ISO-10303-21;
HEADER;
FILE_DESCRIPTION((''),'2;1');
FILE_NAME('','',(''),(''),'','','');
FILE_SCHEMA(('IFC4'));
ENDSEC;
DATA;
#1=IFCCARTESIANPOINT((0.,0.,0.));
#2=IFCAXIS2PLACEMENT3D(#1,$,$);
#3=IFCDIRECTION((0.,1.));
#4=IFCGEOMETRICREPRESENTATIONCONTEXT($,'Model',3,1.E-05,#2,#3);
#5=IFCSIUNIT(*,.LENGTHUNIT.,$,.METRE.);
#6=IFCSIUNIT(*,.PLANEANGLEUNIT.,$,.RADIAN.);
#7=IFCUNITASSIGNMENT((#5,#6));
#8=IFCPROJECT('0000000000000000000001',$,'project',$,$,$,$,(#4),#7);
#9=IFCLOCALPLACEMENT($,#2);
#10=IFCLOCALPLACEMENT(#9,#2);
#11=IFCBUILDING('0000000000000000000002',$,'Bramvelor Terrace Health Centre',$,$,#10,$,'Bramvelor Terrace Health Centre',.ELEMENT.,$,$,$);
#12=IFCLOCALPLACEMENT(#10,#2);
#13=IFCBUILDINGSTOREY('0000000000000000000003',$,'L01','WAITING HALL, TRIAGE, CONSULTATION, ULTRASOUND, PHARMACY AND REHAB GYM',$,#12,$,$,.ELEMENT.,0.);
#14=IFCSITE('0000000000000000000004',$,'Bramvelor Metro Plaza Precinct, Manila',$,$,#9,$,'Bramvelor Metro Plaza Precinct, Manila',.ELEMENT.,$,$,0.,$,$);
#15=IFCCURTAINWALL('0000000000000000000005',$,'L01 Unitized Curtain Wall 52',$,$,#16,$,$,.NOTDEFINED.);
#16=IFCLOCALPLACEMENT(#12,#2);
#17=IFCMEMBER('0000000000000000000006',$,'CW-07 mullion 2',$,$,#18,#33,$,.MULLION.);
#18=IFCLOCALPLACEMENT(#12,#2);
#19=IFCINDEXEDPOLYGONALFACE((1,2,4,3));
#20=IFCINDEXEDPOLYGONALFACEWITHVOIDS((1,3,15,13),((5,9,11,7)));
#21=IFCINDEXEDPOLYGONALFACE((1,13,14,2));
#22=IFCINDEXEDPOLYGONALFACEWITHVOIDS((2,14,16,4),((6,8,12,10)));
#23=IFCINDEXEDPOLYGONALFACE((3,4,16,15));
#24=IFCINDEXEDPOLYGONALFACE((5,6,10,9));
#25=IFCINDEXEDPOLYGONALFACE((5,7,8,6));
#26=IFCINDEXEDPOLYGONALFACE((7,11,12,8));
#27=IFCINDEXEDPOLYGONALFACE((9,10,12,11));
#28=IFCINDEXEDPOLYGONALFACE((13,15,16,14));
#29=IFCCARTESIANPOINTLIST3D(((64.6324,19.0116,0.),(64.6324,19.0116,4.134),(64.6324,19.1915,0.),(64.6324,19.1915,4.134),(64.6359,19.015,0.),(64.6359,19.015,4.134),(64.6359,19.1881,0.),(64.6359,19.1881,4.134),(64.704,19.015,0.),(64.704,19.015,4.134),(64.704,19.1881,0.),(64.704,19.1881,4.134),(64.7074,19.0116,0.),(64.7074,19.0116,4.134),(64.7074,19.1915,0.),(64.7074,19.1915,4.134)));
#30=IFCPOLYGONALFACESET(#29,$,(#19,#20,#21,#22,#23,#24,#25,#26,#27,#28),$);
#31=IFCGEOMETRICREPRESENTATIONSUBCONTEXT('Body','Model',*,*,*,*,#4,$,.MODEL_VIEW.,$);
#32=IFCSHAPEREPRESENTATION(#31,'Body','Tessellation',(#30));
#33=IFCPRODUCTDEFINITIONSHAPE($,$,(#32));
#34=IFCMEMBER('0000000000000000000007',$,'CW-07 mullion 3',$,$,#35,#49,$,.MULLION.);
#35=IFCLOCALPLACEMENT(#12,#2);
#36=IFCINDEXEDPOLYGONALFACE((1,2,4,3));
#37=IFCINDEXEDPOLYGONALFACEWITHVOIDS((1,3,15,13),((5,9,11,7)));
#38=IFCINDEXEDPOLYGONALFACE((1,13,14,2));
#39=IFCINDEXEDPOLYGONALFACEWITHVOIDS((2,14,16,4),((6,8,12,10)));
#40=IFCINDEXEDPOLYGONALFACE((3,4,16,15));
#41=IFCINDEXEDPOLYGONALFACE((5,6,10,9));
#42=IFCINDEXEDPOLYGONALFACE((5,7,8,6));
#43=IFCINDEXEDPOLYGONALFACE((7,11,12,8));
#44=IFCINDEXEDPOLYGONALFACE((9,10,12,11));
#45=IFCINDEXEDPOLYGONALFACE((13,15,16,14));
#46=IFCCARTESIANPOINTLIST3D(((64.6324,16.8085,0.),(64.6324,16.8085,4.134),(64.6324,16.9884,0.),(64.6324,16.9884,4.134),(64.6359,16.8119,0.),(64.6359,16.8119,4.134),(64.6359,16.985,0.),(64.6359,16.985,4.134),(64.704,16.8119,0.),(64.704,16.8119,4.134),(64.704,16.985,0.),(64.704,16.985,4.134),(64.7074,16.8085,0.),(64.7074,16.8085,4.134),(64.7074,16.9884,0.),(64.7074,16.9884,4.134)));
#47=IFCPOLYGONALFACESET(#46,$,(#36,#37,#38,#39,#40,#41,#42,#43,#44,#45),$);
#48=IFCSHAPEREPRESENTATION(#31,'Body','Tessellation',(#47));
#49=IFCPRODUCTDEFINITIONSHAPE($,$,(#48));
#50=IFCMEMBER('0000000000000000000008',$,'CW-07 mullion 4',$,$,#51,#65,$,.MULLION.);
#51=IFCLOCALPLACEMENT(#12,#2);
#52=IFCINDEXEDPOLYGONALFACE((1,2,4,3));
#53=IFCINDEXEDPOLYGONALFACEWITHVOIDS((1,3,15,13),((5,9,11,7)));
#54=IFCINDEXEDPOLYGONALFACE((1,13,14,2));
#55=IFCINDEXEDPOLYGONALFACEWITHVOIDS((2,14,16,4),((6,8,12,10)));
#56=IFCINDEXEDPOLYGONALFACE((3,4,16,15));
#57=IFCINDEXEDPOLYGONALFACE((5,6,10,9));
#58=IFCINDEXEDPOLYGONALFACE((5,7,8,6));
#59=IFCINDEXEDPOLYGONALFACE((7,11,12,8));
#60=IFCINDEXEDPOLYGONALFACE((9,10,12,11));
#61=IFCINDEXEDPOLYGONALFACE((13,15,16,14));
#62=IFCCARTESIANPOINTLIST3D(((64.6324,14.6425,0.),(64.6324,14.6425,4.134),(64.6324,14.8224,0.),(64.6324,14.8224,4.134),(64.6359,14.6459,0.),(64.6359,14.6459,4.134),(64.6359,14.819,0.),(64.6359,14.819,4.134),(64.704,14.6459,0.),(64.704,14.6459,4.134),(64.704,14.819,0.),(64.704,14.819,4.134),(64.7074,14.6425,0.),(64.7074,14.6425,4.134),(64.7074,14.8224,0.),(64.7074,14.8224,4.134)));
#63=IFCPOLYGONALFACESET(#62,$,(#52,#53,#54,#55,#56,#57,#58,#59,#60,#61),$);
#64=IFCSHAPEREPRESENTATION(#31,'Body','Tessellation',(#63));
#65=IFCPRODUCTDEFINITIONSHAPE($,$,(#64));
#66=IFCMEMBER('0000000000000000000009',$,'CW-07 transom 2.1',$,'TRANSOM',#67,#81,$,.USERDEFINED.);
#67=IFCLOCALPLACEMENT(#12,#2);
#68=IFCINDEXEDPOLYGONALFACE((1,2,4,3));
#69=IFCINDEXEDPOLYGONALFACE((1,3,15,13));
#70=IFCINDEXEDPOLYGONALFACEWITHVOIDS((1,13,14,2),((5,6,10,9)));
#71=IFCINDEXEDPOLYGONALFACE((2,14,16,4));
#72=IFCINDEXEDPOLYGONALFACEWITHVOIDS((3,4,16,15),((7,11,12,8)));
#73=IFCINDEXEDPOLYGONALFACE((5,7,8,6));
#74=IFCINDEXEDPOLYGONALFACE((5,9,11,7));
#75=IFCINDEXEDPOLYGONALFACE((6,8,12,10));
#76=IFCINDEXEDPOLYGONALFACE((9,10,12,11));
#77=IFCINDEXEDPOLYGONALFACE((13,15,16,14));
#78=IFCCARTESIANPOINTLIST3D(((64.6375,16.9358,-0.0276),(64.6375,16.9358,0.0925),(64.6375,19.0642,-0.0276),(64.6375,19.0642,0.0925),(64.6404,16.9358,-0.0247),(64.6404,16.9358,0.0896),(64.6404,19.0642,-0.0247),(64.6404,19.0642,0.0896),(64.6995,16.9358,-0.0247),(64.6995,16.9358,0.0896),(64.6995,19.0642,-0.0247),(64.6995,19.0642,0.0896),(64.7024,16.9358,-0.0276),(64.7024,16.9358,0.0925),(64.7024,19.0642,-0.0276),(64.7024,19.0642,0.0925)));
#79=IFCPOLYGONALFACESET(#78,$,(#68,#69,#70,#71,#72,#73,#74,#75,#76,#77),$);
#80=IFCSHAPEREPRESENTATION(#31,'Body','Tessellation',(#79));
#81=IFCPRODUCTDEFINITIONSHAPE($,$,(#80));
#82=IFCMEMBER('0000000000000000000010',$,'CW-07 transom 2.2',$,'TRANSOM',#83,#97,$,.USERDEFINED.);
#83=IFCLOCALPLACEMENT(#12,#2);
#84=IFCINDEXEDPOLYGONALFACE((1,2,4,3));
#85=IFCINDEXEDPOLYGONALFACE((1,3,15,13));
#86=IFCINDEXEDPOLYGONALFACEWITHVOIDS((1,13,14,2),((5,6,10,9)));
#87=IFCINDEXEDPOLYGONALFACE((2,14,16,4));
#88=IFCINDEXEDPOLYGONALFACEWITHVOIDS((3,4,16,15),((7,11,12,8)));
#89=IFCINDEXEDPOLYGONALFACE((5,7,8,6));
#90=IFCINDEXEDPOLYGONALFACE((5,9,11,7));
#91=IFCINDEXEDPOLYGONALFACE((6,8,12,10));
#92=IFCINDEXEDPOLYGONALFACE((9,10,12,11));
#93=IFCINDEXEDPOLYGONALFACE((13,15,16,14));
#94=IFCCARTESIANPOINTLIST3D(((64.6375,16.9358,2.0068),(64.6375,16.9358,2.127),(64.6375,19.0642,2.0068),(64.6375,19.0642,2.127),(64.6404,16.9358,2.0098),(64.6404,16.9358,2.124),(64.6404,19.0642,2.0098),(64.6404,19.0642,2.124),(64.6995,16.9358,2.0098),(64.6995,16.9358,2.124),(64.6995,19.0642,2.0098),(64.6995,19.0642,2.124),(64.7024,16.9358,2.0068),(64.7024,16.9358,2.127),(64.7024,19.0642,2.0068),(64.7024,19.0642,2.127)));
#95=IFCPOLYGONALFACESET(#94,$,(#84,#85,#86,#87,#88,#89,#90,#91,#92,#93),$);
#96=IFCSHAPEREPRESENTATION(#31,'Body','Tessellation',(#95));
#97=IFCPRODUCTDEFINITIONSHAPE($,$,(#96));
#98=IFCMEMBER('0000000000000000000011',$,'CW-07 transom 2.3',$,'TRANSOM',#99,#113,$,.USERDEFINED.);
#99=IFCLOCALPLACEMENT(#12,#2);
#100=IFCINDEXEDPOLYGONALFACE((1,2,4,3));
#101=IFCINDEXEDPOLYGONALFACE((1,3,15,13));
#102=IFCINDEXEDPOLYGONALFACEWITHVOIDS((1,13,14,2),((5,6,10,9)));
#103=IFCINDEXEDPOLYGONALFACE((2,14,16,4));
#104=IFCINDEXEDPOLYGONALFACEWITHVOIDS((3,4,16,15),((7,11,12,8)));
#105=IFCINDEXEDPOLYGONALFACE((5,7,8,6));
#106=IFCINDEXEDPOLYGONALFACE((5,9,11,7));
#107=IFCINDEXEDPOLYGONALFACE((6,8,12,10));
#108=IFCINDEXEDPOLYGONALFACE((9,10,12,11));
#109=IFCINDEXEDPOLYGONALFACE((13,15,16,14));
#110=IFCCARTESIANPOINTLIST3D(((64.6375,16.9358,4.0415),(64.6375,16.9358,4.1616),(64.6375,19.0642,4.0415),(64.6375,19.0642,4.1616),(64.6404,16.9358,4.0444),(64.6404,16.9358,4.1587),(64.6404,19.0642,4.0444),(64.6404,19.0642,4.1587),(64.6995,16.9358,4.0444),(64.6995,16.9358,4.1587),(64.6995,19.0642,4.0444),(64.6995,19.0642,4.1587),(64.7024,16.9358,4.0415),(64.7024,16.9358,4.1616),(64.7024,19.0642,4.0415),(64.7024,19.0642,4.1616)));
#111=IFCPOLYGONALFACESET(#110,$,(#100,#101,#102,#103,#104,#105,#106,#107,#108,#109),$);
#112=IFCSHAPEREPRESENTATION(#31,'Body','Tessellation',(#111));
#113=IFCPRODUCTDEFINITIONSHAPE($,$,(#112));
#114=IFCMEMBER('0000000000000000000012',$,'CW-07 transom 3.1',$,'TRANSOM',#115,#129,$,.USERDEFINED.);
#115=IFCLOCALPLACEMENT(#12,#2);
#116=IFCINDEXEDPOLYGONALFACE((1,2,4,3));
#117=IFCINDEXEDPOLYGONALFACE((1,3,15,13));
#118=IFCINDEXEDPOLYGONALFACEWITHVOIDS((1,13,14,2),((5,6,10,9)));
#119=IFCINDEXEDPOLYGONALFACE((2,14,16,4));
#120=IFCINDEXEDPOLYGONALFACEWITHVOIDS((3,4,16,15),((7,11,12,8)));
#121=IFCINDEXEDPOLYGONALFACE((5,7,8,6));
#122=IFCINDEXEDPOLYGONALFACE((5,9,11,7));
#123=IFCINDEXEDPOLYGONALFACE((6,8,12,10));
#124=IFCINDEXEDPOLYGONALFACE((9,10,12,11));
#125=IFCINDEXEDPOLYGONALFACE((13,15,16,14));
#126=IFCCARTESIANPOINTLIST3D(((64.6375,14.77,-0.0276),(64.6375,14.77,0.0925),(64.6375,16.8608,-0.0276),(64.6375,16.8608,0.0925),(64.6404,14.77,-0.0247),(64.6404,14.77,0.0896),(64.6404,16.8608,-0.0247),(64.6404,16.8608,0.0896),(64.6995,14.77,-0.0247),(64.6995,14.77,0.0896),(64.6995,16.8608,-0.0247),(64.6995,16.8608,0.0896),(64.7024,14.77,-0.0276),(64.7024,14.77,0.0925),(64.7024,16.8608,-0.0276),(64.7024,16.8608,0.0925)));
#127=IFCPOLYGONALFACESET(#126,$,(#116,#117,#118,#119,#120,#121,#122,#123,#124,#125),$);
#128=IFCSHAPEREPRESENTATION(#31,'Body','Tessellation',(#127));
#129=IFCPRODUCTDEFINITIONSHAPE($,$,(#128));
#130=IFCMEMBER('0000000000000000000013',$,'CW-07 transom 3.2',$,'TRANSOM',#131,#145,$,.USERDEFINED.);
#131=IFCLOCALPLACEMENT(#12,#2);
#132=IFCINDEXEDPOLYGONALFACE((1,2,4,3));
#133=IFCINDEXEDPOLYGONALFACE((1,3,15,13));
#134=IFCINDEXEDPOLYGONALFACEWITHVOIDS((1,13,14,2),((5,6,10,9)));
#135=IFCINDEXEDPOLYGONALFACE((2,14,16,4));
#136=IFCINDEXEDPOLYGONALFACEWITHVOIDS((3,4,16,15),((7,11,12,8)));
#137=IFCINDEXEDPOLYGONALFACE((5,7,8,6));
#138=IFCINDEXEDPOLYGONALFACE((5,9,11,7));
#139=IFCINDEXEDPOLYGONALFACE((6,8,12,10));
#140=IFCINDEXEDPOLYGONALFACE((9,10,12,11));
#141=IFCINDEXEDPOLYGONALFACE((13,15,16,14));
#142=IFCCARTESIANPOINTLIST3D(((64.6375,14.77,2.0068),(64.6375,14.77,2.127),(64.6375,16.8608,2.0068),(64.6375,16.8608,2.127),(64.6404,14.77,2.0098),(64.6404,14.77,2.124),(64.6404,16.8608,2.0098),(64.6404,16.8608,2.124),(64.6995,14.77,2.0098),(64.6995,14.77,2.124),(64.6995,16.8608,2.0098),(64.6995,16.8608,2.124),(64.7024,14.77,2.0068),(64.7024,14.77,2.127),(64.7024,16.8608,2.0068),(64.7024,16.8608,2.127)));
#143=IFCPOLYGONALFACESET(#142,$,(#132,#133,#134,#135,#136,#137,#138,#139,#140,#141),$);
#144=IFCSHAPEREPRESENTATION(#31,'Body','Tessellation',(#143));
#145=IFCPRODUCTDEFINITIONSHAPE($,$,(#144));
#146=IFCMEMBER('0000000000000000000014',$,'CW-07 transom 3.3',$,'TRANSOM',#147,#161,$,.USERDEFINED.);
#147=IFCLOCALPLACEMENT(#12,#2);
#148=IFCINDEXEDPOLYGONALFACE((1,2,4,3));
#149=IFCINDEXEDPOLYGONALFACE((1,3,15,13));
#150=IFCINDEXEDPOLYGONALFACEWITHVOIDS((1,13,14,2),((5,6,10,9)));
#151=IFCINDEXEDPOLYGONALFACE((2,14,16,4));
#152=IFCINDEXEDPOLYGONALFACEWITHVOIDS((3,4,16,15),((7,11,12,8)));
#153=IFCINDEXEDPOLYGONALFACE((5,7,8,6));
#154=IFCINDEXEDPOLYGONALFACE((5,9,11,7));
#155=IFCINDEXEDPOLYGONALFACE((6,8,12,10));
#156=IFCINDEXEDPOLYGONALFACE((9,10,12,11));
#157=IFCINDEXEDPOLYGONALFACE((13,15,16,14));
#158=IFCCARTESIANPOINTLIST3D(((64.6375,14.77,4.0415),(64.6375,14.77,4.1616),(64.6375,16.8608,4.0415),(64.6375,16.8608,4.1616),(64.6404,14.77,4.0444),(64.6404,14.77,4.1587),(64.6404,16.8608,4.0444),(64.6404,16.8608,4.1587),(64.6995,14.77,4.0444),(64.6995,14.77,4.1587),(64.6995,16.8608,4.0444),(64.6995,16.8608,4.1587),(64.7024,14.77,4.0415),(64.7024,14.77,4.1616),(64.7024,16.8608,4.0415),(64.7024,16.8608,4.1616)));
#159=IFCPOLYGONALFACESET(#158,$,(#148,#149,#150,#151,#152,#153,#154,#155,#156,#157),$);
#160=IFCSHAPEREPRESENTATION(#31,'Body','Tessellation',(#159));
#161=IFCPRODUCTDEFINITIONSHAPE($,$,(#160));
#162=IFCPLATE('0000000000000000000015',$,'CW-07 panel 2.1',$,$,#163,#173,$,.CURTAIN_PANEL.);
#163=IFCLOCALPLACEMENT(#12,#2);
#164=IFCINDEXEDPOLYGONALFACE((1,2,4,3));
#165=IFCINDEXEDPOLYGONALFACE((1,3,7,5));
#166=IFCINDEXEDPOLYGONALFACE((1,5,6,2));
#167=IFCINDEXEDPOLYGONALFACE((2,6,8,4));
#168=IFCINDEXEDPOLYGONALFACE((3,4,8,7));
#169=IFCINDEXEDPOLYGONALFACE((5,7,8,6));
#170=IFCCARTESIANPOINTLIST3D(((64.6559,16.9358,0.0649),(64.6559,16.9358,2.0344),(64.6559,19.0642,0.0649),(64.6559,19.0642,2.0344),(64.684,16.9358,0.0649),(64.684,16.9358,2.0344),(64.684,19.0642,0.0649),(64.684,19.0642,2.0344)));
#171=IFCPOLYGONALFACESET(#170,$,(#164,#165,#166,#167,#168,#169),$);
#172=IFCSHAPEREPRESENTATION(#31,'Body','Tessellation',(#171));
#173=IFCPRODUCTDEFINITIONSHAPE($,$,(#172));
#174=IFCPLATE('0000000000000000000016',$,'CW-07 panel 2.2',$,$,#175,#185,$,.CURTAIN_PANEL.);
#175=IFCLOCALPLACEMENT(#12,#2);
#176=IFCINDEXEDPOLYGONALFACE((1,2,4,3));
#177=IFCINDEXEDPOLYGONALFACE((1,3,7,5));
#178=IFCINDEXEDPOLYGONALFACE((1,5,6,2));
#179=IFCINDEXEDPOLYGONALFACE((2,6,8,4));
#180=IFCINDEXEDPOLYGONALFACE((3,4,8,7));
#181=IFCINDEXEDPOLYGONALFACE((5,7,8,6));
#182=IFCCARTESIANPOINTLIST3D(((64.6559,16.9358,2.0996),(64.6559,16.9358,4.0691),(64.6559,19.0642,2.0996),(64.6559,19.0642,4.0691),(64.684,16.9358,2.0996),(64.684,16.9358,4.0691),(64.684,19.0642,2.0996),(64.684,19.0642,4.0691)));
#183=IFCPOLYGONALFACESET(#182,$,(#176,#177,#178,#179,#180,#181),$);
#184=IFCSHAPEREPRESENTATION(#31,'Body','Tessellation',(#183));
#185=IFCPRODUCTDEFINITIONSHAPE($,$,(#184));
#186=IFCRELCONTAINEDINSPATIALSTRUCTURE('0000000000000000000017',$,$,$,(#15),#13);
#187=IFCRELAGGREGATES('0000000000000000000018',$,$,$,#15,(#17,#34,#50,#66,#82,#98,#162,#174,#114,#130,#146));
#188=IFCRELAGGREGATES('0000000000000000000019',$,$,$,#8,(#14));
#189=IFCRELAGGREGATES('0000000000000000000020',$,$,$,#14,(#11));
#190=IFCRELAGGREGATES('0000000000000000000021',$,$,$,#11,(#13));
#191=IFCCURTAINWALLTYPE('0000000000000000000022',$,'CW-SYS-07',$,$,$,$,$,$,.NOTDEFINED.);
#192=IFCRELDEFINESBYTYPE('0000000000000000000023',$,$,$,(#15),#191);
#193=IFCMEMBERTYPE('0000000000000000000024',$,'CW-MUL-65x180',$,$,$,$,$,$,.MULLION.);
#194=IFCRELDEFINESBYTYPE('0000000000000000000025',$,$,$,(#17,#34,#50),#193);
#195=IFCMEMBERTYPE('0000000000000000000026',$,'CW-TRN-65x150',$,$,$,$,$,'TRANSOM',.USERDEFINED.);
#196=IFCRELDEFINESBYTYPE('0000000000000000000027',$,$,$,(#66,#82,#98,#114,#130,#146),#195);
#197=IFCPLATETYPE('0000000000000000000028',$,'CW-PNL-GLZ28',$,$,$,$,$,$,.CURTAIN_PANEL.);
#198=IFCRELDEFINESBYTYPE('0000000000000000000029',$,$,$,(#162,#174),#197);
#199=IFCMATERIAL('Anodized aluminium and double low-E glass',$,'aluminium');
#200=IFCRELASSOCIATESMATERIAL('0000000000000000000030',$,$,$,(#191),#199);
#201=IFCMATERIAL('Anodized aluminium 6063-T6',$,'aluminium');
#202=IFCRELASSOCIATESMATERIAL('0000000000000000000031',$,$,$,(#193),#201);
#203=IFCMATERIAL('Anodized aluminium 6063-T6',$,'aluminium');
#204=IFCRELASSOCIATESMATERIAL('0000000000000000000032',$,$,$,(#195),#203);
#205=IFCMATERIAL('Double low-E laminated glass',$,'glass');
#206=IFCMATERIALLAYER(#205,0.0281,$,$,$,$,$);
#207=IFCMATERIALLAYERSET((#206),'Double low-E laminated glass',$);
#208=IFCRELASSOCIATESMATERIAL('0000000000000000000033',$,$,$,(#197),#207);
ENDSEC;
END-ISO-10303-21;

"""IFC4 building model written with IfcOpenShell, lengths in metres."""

from ifc_helpers import new_model, si_unit, direction, frame, origin, origin_2d, place, context, subcontext, project, spatial, rectangle, hollow_rectangle, extrude, material, layer, layer_set, material_profile, profile_set, type_object, element, aggregate, save


model = new_model("IFC4")

# Units and contexts
model_context = context("Model", 3, precision=1e-05, world=origin(), true_north=direction((0.0, 1.0)))
body_context = subcontext(model_context, "Body", "Model", "MODEL_VIEW")
ifc_project = project(units=[si_unit("LENGTHUNIT", "METRE"), si_unit("PLANEANGLEUNIT", "RADIAN")], contexts=[model_context])

# Site, building, storey
site_placement = place(None, origin())
site = spatial("IfcSite", under=ifc_project, at=site_placement, Name="Bramvelor Metro Plaza Precinct, Manila", LongName="Bramvelor Metro Plaza Precinct, Manila", CompositionType="ELEMENT", RefElevation=0.0)
building_placement = place(site_placement, origin())
building = spatial("IfcBuilding", under=site, at=building_placement, Name="Bramvelor Terrace Health Centre", LongName="Bramvelor Terrace Health Centre", CompositionType="ELEMENT")
storey_placement = place(building_placement, origin())
storey = spatial("IfcBuildingStorey", under=building, at=storey_placement, Name="L01", Description="WAITING HALL, TRIAGE, CONSULTATION, ULTRASOUND, PHARMACY AND REHAB GYM", CompositionType="ELEMENT", Elevation=0.0)

# Curtain wall, members, plates
ifc_material_1 = material(Name="Anodized aluminium and double low-E glass", Category="aluminium")
curtain_wall_type = type_object("IfcCurtainWallType", Name="CW-SYS-07", PredefinedType="NOTDEFINED", material=ifc_material_1)
curtain_wall_placement = place(storey_placement, origin())
curtain_wall = element("IfcCurtainWall", 1, at=curtain_wall_placement, inside=storey, type_object=curtain_wall_type, Name="L01 Unitized Curtain Wall 52", PredefinedType="NOTDEFINED")
ifc_material_2 = material(Name="Anodized aluminium 6063-T6", Category="aluminium")
ifc_material_profile_1 = material_profile(ifc_material_2, hollow_rectangle(XDim=0.075, YDim=0.1799, WallThickness=0.0034, at=origin_2d()), Name="ALU-MUL 75x180x3.5")
ifc_profile_set_1 = profile_set([ifc_material_profile_1], Name="Anodized aluminium 6063-T6")
member_type_1 = type_object("IfcMemberType", Name="CW-MUL-65x180", PredefinedType="MULLION", material=ifc_profile_set_1)
member_1_placement = place(storey_placement, frame((64.6699, 19.1016, 0.0), z_axis=(0.0, 0.0, 1.0), x_axis=(1.0, 0.0, 0.0)))
member_1 = element("IfcMember", 2, at=member_1_placement, type_object=member_type_1, Name="CW-07 mullion 2", PredefinedType="MULLION", context=body_context, shape_type="SweptSolid", body=[
    extrude(hollow_rectangle(XDim=0.075, YDim=0.1799, WallThickness=0.0034, at=origin_2d()), origin(), (0.0, 0.0, 1.0), 4.134),
])
member_2_placement = place(storey_placement, frame((64.6699, 16.8984, 0.0), z_axis=(0.0, 0.0, 1.0), x_axis=(1.0, 0.0, 0.0)))
member_2 = element("IfcMember", 3, at=member_2_placement, type_object=member_type_1, Name="CW-07 mullion 3", PredefinedType="MULLION", context=body_context, shape_type="SweptSolid", body=[
    extrude(hollow_rectangle(XDim=0.075, YDim=0.1799, WallThickness=0.0034, at=origin_2d()), origin(), (0.0, 0.0, 1.0), 4.134),
])
member_3_placement = place(storey_placement, frame((64.6699, 14.7324, 0.0), z_axis=(0.0, 0.0, 1.0), x_axis=(1.0, 0.0, 0.0)))
member_3 = element("IfcMember", 4, at=member_3_placement, type_object=member_type_1, Name="CW-07 mullion 4", PredefinedType="MULLION", context=body_context, shape_type="SweptSolid", body=[
    extrude(hollow_rectangle(XDim=0.075, YDim=0.1799, WallThickness=0.0034, at=origin_2d()), origin(), (0.0, 0.0, 1.0), 4.134),
])
ifc_material_3 = material(Name="Anodized aluminium 6063-T6", Category="aluminium")
ifc_material_profile_2 = material_profile(ifc_material_3, hollow_rectangle(XDim=0.0649, YDim=0.1201, WallThickness=0.0029, at=origin_2d()), Name="ALU-TRN 65x120x3.0")
ifc_profile_set_2 = profile_set([ifc_material_profile_2], Name="Anodized aluminium 6063-T6")
member_type_2 = type_object("IfcMemberType", Name="CW-TRN-65x150", ElementType="TRANSOM", PredefinedType="USERDEFINED", material=ifc_profile_set_2)
member_4_placement = place(storey_placement, frame((64.6699, 19.0642, 0.0325), z_axis=(0.0, -1.0, 0.0), x_axis=(1.0, 0.0, 0.0)))
member_4 = element("IfcMember", 5, at=member_4_placement, type_object=member_type_2, Name="CW-07 transom 2.1", ObjectType="TRANSOM", PredefinedType="USERDEFINED", context=body_context, shape_type="SweptSolid", body=[
    extrude(hollow_rectangle(XDim=0.0649, YDim=0.1201, WallThickness=0.0029, at=origin_2d()), origin(), (0.0, 0.0, 1.0), 2.1284),
])
member_5_placement = place(storey_placement, frame((64.6699, 19.0642, 2.0669), z_axis=(0.0, -1.0, 0.0), x_axis=(1.0, 0.0, 0.0)))
member_5 = element("IfcMember", 6, at=member_5_placement, type_object=member_type_2, Name="CW-07 transom 2.2", ObjectType="TRANSOM", PredefinedType="USERDEFINED", context=body_context, shape_type="SweptSolid", body=[
    extrude(hollow_rectangle(XDim=0.0649, YDim=0.1201, WallThickness=0.0029, at=origin_2d()), origin(), (0.0, 0.0, 1.0), 2.1284),
])
member_6_placement = place(storey_placement, frame((64.6699, 19.0642, 4.1016), z_axis=(0.0, -1.0, 0.0), x_axis=(1.0, 0.0, 0.0)))
member_6 = element("IfcMember", 7, at=member_6_placement, type_object=member_type_2, Name="CW-07 transom 2.3", ObjectType="TRANSOM", PredefinedType="USERDEFINED", context=body_context, shape_type="SweptSolid", body=[
    extrude(hollow_rectangle(XDim=0.0649, YDim=0.1201, WallThickness=0.0029, at=origin_2d()), origin(), (0.0, 0.0, 1.0), 2.1284),
])
member_7_placement = place(storey_placement, frame((64.6699, 16.8608, 0.0325), z_axis=(0.0, -1.0, 0.0), x_axis=(1.0, 0.0, 0.0)))
member_7 = element("IfcMember", 8, at=member_7_placement, type_object=member_type_2, Name="CW-07 transom 3.1", ObjectType="TRANSOM", PredefinedType="USERDEFINED", context=body_context, shape_type="SweptSolid", body=[
    extrude(hollow_rectangle(XDim=0.0649, YDim=0.1201, WallThickness=0.0029, at=origin_2d()), origin(), (0.0, 0.0, 1.0), 2.0908),
])
member_8_placement = place(storey_placement, frame((64.6699, 16.8608, 2.0669), z_axis=(0.0, -1.0, 0.0), x_axis=(1.0, 0.0, 0.0)))
member_8 = element("IfcMember", 9, at=member_8_placement, type_object=member_type_2, Name="CW-07 transom 3.2", ObjectType="TRANSOM", PredefinedType="USERDEFINED", context=body_context, shape_type="SweptSolid", body=[
    extrude(hollow_rectangle(XDim=0.0649, YDim=0.1201, WallThickness=0.0029, at=origin_2d()), origin(), (0.0, 0.0, 1.0), 2.0908),
])
member_9_placement = place(storey_placement, frame((64.6699, 16.8608, 4.1016), z_axis=(0.0, -1.0, 0.0), x_axis=(1.0, 0.0, 0.0)))
member_9 = element("IfcMember", 10, at=member_9_placement, type_object=member_type_2, Name="CW-07 transom 3.3", ObjectType="TRANSOM", PredefinedType="USERDEFINED", context=body_context, shape_type="SweptSolid", body=[
    extrude(hollow_rectangle(XDim=0.0649, YDim=0.1201, WallThickness=0.0029, at=origin_2d()), origin(), (0.0, 0.0, 1.0), 2.0908),
])
ifc_material_4 = material(Name="Double low-E laminated glass", Category="glass")
ifc_layer_1 = layer(ifc_material_4, 0.0281)
ifc_layer_set_1 = layer_set([ifc_layer_1], Name="Double low-E laminated glass")
plate_type = type_object("IfcPlateType", Name="CW-PNL-GLZ28", PredefinedType="CURTAIN_PANEL", material=ifc_layer_set_1)
plate_1_placement = place(storey_placement, frame((64.6699, 18.0, 0.0649), z_axis=(0.0, 0.0, 1.0), x_axis=(0.0, -1.0, 0.0)))
plate_1 = element("IfcPlate", 11, at=plate_1_placement, type_object=plate_type, Name="CW-07 panel 2.1", PredefinedType="CURTAIN_PANEL", context=body_context, shape_type="SweptSolid", body=[
    extrude(rectangle(XDim=2.1284, YDim=0.0281, at=origin_2d()), origin(), (0.0, 0.0, 1.0), 1.9695),
])
plate_2_placement = place(storey_placement, frame((64.6699, 18.0, 2.0996), z_axis=(0.0, 0.0, 1.0), x_axis=(0.0, -1.0, 0.0)))
plate_2 = element("IfcPlate", 12, at=plate_2_placement, type_object=plate_type, Name="CW-07 panel 2.2", PredefinedType="CURTAIN_PANEL", context=body_context, shape_type="SweptSolid", body=[
    extrude(rectangle(XDim=2.1284, YDim=0.0281, at=origin_2d()), origin(), (0.0, 0.0, 1.0), 1.9695),
])
aggregate(curtain_wall, [member_1, member_2, member_3, member_4, member_5, member_6, plate_1, plate_2, member_7, member_8, member_9])

save(model, "model.ifc")
